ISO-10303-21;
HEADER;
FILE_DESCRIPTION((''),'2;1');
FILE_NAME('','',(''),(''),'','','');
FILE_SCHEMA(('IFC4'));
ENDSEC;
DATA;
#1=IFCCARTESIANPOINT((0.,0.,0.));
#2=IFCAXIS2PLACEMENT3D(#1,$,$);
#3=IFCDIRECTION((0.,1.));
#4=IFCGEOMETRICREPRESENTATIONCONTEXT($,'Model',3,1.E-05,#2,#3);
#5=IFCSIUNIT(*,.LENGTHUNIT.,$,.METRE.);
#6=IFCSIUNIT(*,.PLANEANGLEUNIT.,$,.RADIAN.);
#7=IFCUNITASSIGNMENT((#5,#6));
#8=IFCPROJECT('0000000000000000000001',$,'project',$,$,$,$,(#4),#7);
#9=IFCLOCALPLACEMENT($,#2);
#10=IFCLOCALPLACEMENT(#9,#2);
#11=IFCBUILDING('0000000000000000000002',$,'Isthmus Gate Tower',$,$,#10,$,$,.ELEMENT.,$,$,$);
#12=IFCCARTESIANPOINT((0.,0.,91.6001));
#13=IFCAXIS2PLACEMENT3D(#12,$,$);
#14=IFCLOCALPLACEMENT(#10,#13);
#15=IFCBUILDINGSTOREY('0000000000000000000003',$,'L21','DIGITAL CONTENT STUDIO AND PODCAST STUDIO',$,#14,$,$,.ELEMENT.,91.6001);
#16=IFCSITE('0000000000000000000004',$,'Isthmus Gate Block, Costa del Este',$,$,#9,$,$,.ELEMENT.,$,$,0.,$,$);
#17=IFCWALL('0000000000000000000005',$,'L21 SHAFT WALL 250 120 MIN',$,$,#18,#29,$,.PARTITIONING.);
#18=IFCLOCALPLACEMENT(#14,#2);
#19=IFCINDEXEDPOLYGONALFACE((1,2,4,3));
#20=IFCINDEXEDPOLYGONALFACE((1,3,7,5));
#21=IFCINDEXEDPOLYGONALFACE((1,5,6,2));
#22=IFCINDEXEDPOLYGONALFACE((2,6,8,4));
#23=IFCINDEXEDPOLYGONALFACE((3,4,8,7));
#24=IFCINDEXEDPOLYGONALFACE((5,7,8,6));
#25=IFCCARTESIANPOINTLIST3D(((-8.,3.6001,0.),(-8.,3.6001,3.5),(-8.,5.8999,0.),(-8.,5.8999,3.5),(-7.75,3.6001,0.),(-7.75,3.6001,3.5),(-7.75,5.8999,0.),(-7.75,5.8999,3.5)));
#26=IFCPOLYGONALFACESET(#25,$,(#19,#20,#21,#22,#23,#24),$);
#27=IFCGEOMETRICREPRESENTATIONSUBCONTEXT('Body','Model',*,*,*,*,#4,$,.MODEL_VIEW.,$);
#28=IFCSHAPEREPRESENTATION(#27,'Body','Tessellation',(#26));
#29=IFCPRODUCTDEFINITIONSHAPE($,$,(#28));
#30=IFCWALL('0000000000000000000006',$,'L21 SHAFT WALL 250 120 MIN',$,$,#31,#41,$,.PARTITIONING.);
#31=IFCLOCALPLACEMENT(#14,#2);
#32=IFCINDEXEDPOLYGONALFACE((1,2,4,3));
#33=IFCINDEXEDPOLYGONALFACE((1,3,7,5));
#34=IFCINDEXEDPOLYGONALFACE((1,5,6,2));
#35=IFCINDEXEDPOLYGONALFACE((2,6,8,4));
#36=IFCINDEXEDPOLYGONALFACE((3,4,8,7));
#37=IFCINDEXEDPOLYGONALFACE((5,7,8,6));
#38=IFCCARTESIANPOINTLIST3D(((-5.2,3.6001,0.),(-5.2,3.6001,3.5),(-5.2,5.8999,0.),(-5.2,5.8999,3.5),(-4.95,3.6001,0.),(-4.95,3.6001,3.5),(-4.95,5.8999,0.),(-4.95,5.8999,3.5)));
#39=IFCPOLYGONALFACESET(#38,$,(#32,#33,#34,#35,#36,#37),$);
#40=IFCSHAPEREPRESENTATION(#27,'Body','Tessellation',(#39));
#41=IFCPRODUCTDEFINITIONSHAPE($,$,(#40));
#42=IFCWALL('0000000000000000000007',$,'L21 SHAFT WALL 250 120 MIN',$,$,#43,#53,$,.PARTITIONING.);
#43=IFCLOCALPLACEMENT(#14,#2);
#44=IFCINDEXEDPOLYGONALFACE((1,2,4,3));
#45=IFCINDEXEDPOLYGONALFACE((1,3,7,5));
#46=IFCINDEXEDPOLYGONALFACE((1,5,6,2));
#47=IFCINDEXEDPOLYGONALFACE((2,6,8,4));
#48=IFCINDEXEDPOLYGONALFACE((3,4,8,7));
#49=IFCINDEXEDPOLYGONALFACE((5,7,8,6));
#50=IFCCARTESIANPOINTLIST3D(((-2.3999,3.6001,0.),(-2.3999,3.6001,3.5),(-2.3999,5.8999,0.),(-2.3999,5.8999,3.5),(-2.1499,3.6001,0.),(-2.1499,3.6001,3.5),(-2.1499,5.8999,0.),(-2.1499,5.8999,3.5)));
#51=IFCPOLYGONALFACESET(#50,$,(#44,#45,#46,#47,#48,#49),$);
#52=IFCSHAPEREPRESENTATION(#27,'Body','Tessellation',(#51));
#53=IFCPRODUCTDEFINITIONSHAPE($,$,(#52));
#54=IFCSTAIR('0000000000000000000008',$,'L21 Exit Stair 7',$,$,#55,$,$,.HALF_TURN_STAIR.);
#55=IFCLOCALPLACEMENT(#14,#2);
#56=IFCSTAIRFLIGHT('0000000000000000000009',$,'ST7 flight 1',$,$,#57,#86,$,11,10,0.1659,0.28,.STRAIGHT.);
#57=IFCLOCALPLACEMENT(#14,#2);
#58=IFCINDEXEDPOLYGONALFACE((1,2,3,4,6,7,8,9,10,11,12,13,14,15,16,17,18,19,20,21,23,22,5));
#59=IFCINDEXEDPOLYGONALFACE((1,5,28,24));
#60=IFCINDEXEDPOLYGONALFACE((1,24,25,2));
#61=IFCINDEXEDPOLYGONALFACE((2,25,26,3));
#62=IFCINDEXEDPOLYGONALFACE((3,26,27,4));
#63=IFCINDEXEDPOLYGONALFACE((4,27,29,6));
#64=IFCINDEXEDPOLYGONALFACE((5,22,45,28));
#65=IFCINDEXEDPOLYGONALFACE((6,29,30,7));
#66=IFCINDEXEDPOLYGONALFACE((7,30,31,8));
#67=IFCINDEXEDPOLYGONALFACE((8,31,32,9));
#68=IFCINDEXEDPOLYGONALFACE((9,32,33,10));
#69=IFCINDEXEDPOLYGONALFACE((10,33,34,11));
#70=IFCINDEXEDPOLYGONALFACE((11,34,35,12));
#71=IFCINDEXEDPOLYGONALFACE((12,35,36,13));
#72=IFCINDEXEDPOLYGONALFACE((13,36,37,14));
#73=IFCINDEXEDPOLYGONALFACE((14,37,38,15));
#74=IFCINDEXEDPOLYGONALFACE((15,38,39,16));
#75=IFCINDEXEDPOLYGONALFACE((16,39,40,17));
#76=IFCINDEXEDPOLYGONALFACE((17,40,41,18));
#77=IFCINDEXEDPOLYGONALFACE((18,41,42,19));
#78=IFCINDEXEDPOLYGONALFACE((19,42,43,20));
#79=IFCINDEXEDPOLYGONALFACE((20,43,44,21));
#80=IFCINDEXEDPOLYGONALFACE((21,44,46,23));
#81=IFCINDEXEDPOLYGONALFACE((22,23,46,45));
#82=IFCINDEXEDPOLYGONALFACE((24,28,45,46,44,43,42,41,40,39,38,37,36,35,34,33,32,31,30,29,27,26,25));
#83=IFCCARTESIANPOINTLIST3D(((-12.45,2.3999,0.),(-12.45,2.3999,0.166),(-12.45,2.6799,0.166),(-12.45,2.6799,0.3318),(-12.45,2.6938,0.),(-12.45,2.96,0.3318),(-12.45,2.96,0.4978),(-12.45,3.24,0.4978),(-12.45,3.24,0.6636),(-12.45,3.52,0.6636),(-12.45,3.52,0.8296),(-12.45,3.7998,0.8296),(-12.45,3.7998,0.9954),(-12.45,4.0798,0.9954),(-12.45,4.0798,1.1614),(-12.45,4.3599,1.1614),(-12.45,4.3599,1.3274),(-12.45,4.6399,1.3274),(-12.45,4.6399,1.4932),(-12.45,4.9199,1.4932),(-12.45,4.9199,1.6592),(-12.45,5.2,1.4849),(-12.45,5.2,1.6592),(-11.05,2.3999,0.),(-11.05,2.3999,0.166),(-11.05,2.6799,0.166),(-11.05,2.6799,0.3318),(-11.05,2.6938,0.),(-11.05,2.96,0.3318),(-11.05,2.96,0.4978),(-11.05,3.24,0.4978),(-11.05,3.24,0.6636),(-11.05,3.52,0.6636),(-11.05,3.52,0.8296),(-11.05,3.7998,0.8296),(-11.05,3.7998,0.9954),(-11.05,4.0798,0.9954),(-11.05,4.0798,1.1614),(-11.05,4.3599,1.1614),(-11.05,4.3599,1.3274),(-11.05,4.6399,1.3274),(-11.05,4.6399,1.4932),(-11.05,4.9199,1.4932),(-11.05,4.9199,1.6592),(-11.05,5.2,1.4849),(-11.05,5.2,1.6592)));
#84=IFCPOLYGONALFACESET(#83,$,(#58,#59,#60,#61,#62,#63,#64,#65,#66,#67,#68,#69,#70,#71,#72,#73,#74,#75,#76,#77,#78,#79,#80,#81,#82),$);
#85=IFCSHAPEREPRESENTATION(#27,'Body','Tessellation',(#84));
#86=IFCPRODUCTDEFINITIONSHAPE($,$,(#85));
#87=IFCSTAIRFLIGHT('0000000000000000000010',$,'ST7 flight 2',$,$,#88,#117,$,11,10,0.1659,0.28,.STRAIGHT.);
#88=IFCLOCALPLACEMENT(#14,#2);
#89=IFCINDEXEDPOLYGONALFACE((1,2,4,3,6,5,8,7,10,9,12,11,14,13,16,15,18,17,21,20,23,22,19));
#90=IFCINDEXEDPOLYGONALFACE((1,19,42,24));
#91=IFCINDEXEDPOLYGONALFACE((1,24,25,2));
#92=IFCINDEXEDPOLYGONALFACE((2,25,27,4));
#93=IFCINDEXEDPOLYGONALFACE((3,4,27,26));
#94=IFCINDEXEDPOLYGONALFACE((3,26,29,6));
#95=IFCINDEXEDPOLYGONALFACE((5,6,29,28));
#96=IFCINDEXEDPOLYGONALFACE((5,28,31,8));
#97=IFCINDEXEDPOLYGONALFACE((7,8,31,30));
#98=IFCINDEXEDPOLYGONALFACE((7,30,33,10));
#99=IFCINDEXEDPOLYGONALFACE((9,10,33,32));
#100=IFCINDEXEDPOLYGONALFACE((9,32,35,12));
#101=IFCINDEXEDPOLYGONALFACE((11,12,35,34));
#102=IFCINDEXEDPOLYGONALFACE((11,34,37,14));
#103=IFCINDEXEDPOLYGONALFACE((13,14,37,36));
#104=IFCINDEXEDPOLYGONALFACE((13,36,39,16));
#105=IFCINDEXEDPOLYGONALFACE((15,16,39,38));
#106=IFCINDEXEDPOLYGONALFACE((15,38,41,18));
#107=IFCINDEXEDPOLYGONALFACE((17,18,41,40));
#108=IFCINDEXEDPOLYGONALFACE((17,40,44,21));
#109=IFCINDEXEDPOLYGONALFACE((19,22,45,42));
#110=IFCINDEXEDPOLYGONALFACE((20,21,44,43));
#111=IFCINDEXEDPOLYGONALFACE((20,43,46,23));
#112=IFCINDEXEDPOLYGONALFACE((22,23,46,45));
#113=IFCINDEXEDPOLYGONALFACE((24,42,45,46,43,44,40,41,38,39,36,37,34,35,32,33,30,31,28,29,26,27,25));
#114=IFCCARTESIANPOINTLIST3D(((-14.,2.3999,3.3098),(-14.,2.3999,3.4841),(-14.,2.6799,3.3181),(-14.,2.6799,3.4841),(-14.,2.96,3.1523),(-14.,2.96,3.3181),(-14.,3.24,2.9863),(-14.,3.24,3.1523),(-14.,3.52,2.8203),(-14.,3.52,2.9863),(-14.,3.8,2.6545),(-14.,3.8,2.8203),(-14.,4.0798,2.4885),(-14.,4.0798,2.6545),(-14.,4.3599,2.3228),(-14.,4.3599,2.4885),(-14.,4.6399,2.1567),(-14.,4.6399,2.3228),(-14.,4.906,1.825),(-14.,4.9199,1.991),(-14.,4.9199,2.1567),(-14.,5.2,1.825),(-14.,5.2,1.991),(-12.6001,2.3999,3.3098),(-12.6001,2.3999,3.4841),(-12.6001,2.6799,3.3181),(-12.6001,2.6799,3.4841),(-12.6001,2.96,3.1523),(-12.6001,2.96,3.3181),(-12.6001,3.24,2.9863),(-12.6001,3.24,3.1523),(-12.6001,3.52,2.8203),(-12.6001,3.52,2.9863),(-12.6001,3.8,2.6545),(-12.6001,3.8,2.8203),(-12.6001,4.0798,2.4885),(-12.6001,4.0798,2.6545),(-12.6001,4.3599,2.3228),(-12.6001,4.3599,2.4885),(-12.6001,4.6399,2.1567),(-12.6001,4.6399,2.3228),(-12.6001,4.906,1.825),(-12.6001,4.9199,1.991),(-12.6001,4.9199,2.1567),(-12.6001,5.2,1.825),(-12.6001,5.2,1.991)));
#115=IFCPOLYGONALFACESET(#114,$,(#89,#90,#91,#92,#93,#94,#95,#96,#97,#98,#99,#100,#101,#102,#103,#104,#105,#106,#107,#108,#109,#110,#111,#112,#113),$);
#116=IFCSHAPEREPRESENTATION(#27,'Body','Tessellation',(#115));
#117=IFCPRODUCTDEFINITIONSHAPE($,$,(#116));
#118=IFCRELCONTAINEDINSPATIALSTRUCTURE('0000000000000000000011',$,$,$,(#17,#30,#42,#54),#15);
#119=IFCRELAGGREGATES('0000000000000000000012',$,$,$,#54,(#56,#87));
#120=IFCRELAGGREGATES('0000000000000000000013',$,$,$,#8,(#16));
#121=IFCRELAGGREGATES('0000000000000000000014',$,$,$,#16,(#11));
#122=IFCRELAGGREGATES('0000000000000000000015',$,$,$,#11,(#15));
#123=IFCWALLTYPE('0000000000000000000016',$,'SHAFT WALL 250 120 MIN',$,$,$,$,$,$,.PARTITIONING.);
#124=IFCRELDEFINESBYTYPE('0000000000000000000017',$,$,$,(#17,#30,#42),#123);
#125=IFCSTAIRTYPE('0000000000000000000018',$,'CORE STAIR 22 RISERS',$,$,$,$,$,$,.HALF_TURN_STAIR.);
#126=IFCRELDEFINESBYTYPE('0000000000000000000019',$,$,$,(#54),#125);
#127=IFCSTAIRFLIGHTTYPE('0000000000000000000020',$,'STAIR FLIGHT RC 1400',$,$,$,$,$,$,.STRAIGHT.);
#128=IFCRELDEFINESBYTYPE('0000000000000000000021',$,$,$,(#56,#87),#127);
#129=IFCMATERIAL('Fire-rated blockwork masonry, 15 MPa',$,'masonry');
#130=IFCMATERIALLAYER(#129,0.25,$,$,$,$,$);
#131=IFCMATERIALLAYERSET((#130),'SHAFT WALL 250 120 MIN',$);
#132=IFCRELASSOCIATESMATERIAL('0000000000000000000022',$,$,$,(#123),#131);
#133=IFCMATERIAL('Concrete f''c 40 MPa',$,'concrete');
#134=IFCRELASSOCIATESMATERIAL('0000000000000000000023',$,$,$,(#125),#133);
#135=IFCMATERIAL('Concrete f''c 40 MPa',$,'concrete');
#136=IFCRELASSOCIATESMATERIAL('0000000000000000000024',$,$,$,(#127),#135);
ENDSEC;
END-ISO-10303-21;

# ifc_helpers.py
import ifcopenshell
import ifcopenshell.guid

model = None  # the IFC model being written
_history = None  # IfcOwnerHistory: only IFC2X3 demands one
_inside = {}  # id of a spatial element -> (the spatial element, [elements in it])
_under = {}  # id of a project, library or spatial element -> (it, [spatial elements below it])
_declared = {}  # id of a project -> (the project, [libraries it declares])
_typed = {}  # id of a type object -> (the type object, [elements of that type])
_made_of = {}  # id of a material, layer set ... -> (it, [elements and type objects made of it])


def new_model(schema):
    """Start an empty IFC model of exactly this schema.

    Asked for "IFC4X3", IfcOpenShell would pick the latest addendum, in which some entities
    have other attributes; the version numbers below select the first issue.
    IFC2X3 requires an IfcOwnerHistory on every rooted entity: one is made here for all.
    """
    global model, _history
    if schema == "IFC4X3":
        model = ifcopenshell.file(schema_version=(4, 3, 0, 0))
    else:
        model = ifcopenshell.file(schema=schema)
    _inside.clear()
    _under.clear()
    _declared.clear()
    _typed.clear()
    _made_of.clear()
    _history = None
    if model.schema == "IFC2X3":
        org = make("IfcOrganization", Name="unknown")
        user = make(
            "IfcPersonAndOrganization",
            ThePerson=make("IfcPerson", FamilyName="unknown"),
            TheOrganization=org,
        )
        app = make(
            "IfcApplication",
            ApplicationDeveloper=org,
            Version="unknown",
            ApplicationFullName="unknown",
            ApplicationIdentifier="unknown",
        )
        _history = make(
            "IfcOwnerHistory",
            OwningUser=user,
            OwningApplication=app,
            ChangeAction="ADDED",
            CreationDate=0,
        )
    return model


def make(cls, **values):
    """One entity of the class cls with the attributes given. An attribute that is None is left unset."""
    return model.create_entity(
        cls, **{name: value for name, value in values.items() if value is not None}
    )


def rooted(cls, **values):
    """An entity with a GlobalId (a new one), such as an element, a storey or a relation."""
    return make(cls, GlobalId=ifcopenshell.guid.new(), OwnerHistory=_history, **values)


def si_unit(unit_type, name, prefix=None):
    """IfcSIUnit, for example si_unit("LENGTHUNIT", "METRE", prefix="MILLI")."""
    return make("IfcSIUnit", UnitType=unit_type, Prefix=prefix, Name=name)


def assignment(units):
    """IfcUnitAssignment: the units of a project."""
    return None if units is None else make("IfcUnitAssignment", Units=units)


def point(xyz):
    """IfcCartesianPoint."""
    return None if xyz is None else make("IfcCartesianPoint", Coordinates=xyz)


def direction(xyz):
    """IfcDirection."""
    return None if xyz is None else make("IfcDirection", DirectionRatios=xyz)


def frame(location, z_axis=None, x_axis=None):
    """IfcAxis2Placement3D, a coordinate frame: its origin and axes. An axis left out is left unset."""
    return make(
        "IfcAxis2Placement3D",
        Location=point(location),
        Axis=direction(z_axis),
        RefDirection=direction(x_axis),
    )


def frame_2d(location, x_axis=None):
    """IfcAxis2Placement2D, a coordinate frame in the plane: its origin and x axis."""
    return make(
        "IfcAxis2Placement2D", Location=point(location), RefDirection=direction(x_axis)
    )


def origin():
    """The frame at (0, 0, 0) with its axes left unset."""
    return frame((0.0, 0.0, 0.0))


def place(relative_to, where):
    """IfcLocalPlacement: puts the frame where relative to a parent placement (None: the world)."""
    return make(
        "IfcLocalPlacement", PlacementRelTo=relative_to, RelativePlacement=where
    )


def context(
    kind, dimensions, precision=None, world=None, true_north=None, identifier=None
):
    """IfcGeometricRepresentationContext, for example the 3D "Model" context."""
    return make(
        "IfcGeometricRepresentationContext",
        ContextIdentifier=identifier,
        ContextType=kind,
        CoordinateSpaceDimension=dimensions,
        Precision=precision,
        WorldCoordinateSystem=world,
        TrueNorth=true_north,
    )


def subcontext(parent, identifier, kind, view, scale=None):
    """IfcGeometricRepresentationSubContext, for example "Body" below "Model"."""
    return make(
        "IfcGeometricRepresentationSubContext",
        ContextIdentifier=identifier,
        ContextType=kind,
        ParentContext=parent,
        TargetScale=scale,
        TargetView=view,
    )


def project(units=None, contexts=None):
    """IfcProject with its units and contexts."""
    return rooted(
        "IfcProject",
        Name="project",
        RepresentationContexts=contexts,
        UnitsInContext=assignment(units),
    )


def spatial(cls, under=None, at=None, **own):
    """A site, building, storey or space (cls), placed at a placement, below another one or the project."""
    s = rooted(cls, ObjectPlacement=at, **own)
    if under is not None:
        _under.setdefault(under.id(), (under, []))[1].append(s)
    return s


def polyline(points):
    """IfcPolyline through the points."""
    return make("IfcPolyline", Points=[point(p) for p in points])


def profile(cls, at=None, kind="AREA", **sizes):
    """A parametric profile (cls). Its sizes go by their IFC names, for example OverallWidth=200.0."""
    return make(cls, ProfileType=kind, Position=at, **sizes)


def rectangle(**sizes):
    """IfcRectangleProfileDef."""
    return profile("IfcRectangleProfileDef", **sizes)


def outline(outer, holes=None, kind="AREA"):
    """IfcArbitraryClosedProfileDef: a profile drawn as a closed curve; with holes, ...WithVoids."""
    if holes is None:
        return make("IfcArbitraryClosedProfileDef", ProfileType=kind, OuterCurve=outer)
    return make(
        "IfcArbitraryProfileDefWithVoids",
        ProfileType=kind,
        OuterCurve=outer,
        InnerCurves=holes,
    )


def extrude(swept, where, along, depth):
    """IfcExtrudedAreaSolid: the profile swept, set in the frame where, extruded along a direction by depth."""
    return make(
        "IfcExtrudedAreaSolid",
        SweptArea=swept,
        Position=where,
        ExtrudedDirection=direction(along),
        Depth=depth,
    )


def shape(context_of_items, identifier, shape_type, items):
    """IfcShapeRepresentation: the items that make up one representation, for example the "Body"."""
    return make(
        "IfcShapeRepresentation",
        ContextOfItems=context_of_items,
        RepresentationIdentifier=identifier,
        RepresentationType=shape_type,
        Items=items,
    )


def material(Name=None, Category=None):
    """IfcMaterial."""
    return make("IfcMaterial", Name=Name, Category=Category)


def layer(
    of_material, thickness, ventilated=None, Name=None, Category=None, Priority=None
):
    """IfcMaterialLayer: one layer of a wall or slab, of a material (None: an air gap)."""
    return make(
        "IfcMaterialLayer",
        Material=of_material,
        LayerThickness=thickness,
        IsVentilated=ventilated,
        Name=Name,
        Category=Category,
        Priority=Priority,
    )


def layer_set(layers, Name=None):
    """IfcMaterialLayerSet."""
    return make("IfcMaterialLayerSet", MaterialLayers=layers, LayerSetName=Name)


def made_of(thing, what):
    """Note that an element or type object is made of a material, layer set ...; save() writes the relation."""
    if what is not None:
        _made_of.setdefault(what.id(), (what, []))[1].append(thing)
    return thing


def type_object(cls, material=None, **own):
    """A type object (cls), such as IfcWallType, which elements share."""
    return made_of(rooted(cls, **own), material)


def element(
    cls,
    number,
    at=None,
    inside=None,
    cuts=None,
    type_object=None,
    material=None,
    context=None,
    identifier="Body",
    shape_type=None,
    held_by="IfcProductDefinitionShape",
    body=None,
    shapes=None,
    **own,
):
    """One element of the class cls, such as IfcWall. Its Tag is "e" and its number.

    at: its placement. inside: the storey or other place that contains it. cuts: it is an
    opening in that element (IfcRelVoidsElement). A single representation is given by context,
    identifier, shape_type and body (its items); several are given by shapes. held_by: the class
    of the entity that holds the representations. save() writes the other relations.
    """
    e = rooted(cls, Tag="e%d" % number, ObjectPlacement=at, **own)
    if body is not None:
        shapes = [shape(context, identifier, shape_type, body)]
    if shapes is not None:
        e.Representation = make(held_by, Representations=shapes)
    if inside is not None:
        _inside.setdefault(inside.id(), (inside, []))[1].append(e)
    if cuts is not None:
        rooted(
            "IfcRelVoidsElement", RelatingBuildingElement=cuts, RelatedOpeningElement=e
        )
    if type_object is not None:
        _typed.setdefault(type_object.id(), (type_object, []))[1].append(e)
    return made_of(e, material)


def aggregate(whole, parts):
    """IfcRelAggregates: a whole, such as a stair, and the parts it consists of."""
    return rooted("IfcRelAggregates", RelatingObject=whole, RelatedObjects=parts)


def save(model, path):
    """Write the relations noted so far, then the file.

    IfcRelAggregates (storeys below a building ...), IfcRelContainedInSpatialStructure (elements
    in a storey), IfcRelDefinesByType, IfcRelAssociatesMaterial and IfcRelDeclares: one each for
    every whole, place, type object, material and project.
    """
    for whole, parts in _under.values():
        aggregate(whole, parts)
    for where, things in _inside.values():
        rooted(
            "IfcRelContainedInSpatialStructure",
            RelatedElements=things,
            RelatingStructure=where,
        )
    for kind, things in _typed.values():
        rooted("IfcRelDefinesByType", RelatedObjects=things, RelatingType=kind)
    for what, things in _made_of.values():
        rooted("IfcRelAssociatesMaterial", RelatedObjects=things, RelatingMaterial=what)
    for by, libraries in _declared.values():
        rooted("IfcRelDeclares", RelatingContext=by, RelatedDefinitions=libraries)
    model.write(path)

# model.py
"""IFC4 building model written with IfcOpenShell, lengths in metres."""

from ifc_helpers import new_model, si_unit, direction, frame, frame_2d, origin, place, context, subcontext, project, spatial, polyline, rectangle, outline, extrude, material, layer, layer_set, type_object, element, aggregate, save


model = new_model("IFC4")

# Units and contexts
model_context = context("Model", 3, precision=1e-05, world=origin(), true_north=direction((0.0, 1.0)))
body_context = subcontext(model_context, "Body", "Model", "MODEL_VIEW")
ifc_project = project(units=[si_unit("LENGTHUNIT", "METRE"), si_unit("PLANEANGLEUNIT", "RADIAN")], contexts=[model_context])

# Site, building, storey
site_placement = place(None, origin())
site = spatial("IfcSite", under=ifc_project, at=site_placement, Name="Isthmus Gate Block, Costa del Este", CompositionType="ELEMENT", RefElevation=0.0)
building_placement = place(site_placement, origin())
building = spatial("IfcBuilding", under=site, at=building_placement, Name="Isthmus Gate Tower", CompositionType="ELEMENT")
storey_placement = place(building_placement, frame((0.0, 0.0, 91.6001)))
storey = spatial("IfcBuildingStorey", under=building, at=storey_placement, Name="L21", Description="DIGITAL CONTENT STUDIO AND PODCAST STUDIO", CompositionType="ELEMENT", Elevation=91.6001)

# Walls
ifc_material_1 = material(Name="Fire-rated blockwork masonry, 15 MPa", Category="masonry")
ifc_layer_1 = layer(ifc_material_1, 0.25)
ifc_layer_set_1 = layer_set([ifc_layer_1], Name="SHAFT WALL 250 120 MIN")
wall_type_1 = type_object("IfcWallType", Name="SHAFT WALL 250 120 MIN", PredefinedType="PARTITIONING", material=ifc_layer_set_1)
for number, where, z_axis, x_axis, name in (
    (1, (-7.875, 3.6001, 0.0), (0.0, 0.0, 1.0), (0.0, 1.0, 0.0), "L21 SHAFT WALL 250 120 MIN"),
    (2, (-5.075, 3.6001, 0.0), (0.0, 0.0, 1.0), (0.0, 1.0, 0.0), "L21 SHAFT WALL 250 120 MIN"),
    (3, (-2.2749, 3.6001, 0.0), (0.0, 0.0, 1.0), (0.0, 1.0, 0.0), "L21 SHAFT WALL 250 120 MIN"),
):
    element("IfcWall", number, at=place(storey_placement, frame(where, z_axis=z_axis, x_axis=x_axis)), inside=storey, type_object=wall_type_1, Name=name, PredefinedType="PARTITIONING", context=body_context, shape_type="SweptSolid", body=[
        extrude(rectangle(XDim=2.2998, YDim=0.25, at=frame_2d((1.1499, 0.0))), origin(), (0.0, 0.0, 1.0), 3.5),
    ])

# Stair, stair flights
ifc_material_2 = material(Name="Concrete f'c 40 MPa", Category="concrete")
stair_type = type_object("IfcStairType", Name="CORE STAIR 22 RISERS", PredefinedType="HALF_TURN_STAIR", material=ifc_material_2)
stair_placement = place(storey_placement, origin())
stair = element("IfcStair", 4, at=stair_placement, inside=storey, type_object=stair_type, Name="L21 Exit Stair 7", PredefinedType="HALF_TURN_STAIR")
ifc_material_3 = material(Name="Concrete f'c 40 MPa", Category="concrete")
stair_flight_type = type_object("IfcStairFlightType", Name="STAIR FLIGHT RC 1400", PredefinedType="STRAIGHT", material=ifc_material_3)
stair_flight_1_placement = place(storey_placement, frame((-11.75, 2.3999, 0.0), z_axis=(0.0, 0.0, 1.0), x_axis=(0.0, 1.0, 0.0)))
stair_flight_1 = element("IfcStairFlight", 5, at=stair_flight_1_placement, type_object=stair_flight_type, Name="ST7 flight 1", NumberOfRisers=11, NumberOfTreads=10, PredefinedType="STRAIGHT", RiserHeight=0.1659, TreadLength=0.28, context=body_context, shape_type="SweptSolid", body=[
    extrude(outline(polyline([(0.0, 0.0), (0.0, 0.166), (0.28, 0.166), (0.28, 0.3318), (0.5601, 0.3318), (0.5601, 0.4978), (0.8401, 0.4978), (0.8401, 0.6636), (1.1201, 0.6636), (1.1201, 0.8296), (1.3999, 0.8296), (1.3999, 0.9954), (1.6799, 0.9954), (1.6799, 1.1614), (1.96, 1.1614), (1.96, 1.3274), (2.24, 1.3274), (2.24, 1.4932), (2.52, 1.4932), (2.52, 1.6592), (2.8, 1.6592), (2.8, 1.825), (2.8, 1.4849), (0.2939, 0.0), (0.0, 0.0)])), frame((0.0, 0.7, 0.0), z_axis=(0.0, -1.0, 0.0), x_axis=(1.0, 0.0, 0.0)), (0.0, 0.0, 1.0), 1.3999),
])
stair_flight_2_placement = place(storey_placement, frame((-13.3, 5.2, 1.825), z_axis=(0.0, 0.0, 1.0), x_axis=(0.0, -1.0, 0.0)))
stair_flight_2 = element("IfcStairFlight", 6, at=stair_flight_2_placement, type_object=stair_flight_type, Name="ST7 flight 2", NumberOfRisers=11, NumberOfTreads=10, PredefinedType="STRAIGHT", RiserHeight=0.1659, TreadLength=0.28, context=body_context, shape_type="SweptSolid", body=[
    extrude(outline(polyline([(0.0, 0.0), (0.0, 0.166), (0.28, 0.166), (0.28, 0.3318), (0.5601, 0.3318), (0.5601, 0.4978), (0.8401, 0.4978), (0.8401, 0.6636), (1.1201, 0.6636), (1.1201, 0.8296), (1.3999, 0.8296), (1.3999, 0.9954), (1.6799, 0.9954), (1.6799, 1.1614), (1.96, 1.1614), (1.96, 1.3274), (2.24, 1.3274), (2.24, 1.4932), (2.52, 1.4932), (2.52, 1.6592), (2.8, 1.6592), (2.8, 1.825), (2.8, 1.4849), (0.2939, 0.0), (0.0, 0.0)])), frame((0.0, 0.7, 0.0), z_axis=(0.0, -1.0, 0.0), x_axis=(1.0, 0.0, 0.0)), (0.0, 0.0, 1.0), 1.3999),
])
aggregate(stair, [stair_flight_1, stair_flight_2])

save(model, "model.ifc")
